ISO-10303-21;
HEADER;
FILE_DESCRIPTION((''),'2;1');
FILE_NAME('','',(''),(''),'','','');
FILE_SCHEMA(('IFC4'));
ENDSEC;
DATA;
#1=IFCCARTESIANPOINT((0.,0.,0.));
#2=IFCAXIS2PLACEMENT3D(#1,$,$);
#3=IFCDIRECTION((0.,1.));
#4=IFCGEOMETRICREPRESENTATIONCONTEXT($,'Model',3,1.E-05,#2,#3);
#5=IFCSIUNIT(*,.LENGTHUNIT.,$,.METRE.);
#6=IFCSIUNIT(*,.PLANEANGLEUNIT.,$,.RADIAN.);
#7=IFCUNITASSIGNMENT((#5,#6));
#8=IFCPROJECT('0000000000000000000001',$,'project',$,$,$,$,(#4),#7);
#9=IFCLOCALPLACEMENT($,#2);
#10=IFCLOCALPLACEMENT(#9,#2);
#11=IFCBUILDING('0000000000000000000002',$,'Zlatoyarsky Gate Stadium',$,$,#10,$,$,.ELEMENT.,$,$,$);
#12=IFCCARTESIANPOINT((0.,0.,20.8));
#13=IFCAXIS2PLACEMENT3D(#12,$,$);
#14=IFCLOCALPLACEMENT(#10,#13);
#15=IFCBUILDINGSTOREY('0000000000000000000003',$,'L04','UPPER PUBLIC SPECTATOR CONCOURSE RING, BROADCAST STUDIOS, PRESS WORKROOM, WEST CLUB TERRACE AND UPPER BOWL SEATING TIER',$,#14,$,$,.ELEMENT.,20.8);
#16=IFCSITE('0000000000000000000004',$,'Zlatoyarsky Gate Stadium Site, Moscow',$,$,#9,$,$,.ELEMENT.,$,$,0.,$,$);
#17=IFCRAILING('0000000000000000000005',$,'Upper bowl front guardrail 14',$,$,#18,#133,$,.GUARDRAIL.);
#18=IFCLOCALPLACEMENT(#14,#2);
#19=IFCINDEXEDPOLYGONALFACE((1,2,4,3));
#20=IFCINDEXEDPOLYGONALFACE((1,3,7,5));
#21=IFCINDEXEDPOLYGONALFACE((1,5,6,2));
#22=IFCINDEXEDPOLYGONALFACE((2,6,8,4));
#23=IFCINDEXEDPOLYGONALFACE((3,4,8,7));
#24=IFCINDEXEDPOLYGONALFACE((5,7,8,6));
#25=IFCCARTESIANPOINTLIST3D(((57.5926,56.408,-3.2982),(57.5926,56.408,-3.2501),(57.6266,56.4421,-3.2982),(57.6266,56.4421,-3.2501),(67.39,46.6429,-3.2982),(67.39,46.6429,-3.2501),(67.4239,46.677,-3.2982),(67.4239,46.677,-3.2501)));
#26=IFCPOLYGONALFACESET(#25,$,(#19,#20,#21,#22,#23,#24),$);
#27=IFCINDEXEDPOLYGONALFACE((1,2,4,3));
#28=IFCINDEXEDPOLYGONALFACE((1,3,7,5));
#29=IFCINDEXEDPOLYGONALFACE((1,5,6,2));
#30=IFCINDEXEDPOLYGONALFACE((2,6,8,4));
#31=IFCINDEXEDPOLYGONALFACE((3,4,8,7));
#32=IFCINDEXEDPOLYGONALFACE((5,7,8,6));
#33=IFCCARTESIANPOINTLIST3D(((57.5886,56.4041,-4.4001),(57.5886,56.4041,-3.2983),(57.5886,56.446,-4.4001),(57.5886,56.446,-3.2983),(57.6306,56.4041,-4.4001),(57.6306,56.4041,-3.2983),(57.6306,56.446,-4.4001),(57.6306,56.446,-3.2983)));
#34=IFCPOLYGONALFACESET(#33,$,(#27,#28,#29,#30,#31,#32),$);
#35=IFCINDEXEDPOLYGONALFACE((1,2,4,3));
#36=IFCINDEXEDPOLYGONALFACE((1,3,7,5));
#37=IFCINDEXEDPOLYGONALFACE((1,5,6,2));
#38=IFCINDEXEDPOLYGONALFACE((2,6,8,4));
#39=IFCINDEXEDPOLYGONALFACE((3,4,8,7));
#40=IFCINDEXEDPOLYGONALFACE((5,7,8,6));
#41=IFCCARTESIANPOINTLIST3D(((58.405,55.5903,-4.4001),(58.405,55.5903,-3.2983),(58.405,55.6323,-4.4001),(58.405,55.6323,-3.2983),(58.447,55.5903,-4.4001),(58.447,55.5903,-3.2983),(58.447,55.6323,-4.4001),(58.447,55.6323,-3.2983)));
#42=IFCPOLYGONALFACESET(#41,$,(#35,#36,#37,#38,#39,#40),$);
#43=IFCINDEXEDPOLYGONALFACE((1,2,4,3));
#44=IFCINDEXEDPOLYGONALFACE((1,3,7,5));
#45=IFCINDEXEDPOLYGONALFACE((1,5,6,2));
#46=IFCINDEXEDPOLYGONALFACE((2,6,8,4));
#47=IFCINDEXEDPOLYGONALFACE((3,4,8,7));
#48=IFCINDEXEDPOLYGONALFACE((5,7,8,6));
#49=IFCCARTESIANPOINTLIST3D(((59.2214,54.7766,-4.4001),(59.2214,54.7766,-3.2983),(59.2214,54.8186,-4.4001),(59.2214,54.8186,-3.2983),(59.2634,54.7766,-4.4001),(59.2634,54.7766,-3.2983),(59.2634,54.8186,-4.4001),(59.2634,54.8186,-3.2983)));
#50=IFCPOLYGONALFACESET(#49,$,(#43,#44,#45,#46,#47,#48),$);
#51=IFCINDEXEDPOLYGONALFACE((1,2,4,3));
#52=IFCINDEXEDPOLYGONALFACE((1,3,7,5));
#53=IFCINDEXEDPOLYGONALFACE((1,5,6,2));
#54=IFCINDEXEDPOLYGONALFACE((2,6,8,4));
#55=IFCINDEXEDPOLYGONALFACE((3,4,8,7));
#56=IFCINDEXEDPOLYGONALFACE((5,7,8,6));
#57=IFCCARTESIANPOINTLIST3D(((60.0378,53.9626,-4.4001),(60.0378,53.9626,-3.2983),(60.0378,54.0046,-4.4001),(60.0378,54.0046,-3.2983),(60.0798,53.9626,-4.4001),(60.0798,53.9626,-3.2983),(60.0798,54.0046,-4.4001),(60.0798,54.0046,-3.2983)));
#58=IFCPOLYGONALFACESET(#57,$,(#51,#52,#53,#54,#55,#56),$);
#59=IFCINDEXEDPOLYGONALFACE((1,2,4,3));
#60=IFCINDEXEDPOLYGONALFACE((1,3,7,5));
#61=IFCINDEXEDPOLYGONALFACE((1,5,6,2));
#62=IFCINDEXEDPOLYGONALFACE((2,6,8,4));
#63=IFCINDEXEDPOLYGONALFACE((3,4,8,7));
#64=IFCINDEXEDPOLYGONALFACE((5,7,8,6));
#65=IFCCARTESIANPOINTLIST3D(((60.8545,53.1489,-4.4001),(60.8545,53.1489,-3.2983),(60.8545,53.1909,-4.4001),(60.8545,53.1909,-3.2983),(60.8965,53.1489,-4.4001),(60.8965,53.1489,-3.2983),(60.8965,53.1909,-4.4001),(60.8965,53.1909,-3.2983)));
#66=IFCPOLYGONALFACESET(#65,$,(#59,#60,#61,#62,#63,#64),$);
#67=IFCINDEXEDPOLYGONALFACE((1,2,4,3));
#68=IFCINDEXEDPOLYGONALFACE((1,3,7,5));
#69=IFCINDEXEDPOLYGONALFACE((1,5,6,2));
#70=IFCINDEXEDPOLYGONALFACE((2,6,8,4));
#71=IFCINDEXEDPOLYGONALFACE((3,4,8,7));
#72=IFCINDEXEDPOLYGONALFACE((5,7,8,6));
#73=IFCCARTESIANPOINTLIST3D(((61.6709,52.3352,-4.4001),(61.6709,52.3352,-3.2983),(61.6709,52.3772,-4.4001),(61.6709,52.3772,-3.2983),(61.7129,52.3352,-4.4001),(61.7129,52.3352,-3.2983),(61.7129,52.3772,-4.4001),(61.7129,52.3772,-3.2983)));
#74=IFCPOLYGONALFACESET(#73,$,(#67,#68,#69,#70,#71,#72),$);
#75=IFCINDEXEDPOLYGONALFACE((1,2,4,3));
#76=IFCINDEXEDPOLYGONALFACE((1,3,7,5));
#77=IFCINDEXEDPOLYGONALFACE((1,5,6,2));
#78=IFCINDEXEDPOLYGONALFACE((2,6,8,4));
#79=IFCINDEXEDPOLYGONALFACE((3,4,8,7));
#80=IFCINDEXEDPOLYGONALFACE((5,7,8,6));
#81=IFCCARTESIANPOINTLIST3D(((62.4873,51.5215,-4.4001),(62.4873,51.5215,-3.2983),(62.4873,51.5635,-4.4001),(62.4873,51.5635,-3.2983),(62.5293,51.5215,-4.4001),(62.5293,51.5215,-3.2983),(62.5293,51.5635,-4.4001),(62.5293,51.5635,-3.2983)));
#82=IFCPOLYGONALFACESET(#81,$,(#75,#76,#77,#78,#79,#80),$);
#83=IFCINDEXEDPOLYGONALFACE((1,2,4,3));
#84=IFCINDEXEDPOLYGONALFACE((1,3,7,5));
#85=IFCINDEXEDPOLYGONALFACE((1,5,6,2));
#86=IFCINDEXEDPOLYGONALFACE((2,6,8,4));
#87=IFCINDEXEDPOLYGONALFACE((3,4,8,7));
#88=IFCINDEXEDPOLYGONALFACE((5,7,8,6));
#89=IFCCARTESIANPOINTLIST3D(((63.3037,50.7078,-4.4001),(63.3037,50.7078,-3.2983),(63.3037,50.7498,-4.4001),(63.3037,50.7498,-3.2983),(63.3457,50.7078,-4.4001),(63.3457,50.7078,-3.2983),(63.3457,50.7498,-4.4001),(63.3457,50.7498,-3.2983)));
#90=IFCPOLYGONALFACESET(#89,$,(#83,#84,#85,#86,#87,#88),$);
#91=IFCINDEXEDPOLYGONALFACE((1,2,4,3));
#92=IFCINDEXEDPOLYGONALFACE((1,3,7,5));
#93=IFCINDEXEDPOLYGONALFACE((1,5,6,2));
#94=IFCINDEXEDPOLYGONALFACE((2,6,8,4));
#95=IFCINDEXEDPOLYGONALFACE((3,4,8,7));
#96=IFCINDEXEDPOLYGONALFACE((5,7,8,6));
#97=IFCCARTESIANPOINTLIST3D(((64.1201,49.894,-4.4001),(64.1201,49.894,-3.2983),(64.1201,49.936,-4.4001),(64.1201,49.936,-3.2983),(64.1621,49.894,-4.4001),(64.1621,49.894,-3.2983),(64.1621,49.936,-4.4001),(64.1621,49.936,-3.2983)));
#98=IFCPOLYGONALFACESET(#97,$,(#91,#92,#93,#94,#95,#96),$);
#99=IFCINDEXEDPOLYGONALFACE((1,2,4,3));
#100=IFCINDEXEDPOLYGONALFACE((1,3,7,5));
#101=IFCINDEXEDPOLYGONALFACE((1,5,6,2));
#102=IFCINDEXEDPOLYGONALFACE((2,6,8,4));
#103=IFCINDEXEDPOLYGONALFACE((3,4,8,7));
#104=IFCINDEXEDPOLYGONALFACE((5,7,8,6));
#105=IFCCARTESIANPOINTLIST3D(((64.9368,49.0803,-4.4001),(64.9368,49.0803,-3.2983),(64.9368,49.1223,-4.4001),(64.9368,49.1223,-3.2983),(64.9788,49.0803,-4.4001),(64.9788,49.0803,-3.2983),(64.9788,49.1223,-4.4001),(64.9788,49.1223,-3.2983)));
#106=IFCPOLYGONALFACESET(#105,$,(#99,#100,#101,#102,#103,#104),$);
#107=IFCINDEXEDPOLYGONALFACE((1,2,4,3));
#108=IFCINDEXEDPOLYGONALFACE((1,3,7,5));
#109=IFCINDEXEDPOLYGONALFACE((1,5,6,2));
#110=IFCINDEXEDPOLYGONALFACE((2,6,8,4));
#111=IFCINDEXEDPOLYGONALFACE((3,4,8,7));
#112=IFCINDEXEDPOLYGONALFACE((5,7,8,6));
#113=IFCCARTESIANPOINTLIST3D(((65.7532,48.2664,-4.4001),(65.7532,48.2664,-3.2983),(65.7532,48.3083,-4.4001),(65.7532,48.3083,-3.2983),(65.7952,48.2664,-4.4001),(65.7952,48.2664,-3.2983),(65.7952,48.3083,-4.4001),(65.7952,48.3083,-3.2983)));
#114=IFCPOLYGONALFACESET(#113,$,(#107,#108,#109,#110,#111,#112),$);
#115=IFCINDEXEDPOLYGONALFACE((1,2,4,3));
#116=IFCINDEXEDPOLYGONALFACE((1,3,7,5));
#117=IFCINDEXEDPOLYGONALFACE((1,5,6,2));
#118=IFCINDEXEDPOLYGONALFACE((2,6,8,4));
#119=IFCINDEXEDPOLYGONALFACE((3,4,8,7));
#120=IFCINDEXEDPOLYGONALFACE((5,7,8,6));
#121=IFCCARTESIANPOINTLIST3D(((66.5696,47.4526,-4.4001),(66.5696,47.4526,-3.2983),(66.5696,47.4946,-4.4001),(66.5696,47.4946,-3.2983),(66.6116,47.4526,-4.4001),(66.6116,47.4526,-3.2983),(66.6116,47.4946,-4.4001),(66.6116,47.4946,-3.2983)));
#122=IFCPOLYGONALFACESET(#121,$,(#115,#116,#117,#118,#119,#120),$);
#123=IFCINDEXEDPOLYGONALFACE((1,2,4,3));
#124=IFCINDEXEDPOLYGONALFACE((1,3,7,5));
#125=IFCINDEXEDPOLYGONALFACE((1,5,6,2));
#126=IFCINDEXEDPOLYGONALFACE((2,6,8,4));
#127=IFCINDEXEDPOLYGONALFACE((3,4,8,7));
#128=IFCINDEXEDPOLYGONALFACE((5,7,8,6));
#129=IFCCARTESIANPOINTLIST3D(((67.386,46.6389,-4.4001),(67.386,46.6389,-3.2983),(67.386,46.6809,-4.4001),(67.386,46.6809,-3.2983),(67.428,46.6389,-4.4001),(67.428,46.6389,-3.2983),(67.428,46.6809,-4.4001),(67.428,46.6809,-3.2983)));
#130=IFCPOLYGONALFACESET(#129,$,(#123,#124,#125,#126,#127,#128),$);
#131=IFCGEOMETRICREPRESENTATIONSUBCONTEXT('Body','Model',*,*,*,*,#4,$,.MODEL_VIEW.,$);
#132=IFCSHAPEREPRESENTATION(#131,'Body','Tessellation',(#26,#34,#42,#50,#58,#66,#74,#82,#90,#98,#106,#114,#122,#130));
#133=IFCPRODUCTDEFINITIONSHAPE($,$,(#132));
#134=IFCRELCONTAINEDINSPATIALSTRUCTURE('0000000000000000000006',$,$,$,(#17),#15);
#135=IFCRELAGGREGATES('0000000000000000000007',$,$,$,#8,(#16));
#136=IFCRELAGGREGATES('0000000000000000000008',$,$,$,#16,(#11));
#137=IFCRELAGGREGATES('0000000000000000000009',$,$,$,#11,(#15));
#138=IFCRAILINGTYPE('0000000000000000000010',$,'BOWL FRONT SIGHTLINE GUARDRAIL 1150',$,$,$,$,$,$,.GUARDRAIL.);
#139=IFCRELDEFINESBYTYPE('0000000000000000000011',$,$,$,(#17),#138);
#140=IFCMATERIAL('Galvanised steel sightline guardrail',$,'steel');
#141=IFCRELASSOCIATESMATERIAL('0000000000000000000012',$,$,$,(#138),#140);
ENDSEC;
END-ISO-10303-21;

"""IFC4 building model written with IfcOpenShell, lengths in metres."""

from ifc_helpers import new_model, si_unit, direction, frame, origin, origin_2d, place, context, subcontext, project, spatial, rectangle, extrude, material, type_object, element, save


model = new_model("IFC4")

# Units and contexts
model_context = context("Model", 3, precision=1e-05, world=origin(), true_north=direction((0.0, 1.0)))
body_context = subcontext(model_context, "Body", "Model", "MODEL_VIEW")
ifc_project = project(units=[si_unit("LENGTHUNIT", "METRE"), si_unit("PLANEANGLEUNIT", "RADIAN")], contexts=[model_context])

# Site, building, storey
site_placement = place(None, origin())
site = spatial("IfcSite", under=ifc_project, at=site_placement, Name="Zlatoyarsky Gate Stadium Site, Moscow", CompositionType="ELEMENT", RefElevation=0.0)
building_placement = place(site_placement, origin())
building = spatial("IfcBuilding", under=site, at=building_placement, Name="Zlatoyarsky Gate Stadium", CompositionType="ELEMENT")
storey_placement = place(building_placement, frame((0.0, 0.0, 20.8)))
storey = spatial("IfcBuildingStorey", under=building, at=storey_placement, Name="L04", Description="UPPER PUBLIC SPECTATOR CONCOURSE RING, BROADCAST STUDIOS, PRESS WORKROOM, WEST CLUB TERRACE AND UPPER BOWL SEATING TIER", CompositionType="ELEMENT", Elevation=20.8)

# Railing
ifc_material_1 = material(Name="Galvanised steel sightline guardrail", Category="steel")
railing_type_1 = type_object("IfcRailingType", Name="BOWL FRONT SIGHTLINE GUARDRAIL 1150", PredefinedType="GUARDRAIL", material=ifc_material_1)
railing_1_placement = place(storey_placement, frame((57.6096, 56.425, -4.4001)))
element("IfcRailing", 1, at=railing_1_placement, inside=storey, type_object=railing_type_1, Name="Upper bowl front guardrail 14", PredefinedType="GUARDRAIL", context=body_context, shape_type="SweptSolid", body=[
    extrude(rectangle(XDim=0.0481, YDim=0.0481, at=origin_2d()), frame((0.0, 0.0, 1.126), z_axis=(0.708271, -0.705941, 0.0), x_axis=(0.705941, 0.708271, 0.0)), (0.0, 0.0, 1.0), 13.8328),
    extrude(rectangle(XDim=0.042, YDim=0.042, at=origin_2d()), origin(), (0.0, 0.0, 1.0), 1.1018),
    extrude(rectangle(XDim=0.042, YDim=0.042, at=origin_2d()), frame((0.8164, -0.8137, 0.0)), (0.0, 0.0, 1.0), 1.1018),
    extrude(rectangle(XDim=0.042, YDim=0.042, at=origin_2d()), frame((1.6328, -1.6274, 0.0)), (0.0, 0.0, 1.0), 1.1018),
    extrude(rectangle(XDim=0.042, YDim=0.042, at=origin_2d()), frame((2.4492, -2.4414, 0.0)), (0.0, 0.0, 1.0), 1.1018),
    extrude(rectangle(XDim=0.042, YDim=0.042, at=origin_2d()), frame((3.2659, -3.2551, 0.0)), (0.0, 0.0, 1.0), 1.1018),
    extrude(rectangle(XDim=0.042, YDim=0.042, at=origin_2d()), frame((4.0823, -4.0688, 0.0)), (0.0, 0.0, 1.0), 1.1018),
    extrude(rectangle(XDim=0.042, YDim=0.042, at=origin_2d()), frame((4.8987, -4.8826, 0.0)), (0.0, 0.0, 1.0), 1.1018),
    extrude(rectangle(XDim=0.042, YDim=0.042, at=origin_2d()), frame((5.7151, -5.6963, 0.0)), (0.0, 0.0, 1.0), 1.1018),
    extrude(rectangle(XDim=0.042, YDim=0.042, at=origin_2d()), frame((6.5315, -6.51, 0.0)), (0.0, 0.0, 1.0), 1.1018),
    extrude(rectangle(XDim=0.042, YDim=0.042, at=origin_2d()), frame((7.3481, -7.3237, 0.0)), (0.0, 0.0, 1.0), 1.1018),
    extrude(rectangle(XDim=0.042, YDim=0.042, at=origin_2d()), frame((8.1646, -8.1377, 0.0)), (0.0, 0.0, 1.0), 1.1018),
    extrude(rectangle(XDim=0.042, YDim=0.042, at=origin_2d()), frame((8.981, -8.9514, 0.0)), (0.0, 0.0, 1.0), 1.1018),
    extrude(rectangle(XDim=0.042, YDim=0.042, at=origin_2d()), frame((9.7974, -9.7651, 0.0)), (0.0, 0.0, 1.0), 1.1018),
])

save(model, "model.ifc")
